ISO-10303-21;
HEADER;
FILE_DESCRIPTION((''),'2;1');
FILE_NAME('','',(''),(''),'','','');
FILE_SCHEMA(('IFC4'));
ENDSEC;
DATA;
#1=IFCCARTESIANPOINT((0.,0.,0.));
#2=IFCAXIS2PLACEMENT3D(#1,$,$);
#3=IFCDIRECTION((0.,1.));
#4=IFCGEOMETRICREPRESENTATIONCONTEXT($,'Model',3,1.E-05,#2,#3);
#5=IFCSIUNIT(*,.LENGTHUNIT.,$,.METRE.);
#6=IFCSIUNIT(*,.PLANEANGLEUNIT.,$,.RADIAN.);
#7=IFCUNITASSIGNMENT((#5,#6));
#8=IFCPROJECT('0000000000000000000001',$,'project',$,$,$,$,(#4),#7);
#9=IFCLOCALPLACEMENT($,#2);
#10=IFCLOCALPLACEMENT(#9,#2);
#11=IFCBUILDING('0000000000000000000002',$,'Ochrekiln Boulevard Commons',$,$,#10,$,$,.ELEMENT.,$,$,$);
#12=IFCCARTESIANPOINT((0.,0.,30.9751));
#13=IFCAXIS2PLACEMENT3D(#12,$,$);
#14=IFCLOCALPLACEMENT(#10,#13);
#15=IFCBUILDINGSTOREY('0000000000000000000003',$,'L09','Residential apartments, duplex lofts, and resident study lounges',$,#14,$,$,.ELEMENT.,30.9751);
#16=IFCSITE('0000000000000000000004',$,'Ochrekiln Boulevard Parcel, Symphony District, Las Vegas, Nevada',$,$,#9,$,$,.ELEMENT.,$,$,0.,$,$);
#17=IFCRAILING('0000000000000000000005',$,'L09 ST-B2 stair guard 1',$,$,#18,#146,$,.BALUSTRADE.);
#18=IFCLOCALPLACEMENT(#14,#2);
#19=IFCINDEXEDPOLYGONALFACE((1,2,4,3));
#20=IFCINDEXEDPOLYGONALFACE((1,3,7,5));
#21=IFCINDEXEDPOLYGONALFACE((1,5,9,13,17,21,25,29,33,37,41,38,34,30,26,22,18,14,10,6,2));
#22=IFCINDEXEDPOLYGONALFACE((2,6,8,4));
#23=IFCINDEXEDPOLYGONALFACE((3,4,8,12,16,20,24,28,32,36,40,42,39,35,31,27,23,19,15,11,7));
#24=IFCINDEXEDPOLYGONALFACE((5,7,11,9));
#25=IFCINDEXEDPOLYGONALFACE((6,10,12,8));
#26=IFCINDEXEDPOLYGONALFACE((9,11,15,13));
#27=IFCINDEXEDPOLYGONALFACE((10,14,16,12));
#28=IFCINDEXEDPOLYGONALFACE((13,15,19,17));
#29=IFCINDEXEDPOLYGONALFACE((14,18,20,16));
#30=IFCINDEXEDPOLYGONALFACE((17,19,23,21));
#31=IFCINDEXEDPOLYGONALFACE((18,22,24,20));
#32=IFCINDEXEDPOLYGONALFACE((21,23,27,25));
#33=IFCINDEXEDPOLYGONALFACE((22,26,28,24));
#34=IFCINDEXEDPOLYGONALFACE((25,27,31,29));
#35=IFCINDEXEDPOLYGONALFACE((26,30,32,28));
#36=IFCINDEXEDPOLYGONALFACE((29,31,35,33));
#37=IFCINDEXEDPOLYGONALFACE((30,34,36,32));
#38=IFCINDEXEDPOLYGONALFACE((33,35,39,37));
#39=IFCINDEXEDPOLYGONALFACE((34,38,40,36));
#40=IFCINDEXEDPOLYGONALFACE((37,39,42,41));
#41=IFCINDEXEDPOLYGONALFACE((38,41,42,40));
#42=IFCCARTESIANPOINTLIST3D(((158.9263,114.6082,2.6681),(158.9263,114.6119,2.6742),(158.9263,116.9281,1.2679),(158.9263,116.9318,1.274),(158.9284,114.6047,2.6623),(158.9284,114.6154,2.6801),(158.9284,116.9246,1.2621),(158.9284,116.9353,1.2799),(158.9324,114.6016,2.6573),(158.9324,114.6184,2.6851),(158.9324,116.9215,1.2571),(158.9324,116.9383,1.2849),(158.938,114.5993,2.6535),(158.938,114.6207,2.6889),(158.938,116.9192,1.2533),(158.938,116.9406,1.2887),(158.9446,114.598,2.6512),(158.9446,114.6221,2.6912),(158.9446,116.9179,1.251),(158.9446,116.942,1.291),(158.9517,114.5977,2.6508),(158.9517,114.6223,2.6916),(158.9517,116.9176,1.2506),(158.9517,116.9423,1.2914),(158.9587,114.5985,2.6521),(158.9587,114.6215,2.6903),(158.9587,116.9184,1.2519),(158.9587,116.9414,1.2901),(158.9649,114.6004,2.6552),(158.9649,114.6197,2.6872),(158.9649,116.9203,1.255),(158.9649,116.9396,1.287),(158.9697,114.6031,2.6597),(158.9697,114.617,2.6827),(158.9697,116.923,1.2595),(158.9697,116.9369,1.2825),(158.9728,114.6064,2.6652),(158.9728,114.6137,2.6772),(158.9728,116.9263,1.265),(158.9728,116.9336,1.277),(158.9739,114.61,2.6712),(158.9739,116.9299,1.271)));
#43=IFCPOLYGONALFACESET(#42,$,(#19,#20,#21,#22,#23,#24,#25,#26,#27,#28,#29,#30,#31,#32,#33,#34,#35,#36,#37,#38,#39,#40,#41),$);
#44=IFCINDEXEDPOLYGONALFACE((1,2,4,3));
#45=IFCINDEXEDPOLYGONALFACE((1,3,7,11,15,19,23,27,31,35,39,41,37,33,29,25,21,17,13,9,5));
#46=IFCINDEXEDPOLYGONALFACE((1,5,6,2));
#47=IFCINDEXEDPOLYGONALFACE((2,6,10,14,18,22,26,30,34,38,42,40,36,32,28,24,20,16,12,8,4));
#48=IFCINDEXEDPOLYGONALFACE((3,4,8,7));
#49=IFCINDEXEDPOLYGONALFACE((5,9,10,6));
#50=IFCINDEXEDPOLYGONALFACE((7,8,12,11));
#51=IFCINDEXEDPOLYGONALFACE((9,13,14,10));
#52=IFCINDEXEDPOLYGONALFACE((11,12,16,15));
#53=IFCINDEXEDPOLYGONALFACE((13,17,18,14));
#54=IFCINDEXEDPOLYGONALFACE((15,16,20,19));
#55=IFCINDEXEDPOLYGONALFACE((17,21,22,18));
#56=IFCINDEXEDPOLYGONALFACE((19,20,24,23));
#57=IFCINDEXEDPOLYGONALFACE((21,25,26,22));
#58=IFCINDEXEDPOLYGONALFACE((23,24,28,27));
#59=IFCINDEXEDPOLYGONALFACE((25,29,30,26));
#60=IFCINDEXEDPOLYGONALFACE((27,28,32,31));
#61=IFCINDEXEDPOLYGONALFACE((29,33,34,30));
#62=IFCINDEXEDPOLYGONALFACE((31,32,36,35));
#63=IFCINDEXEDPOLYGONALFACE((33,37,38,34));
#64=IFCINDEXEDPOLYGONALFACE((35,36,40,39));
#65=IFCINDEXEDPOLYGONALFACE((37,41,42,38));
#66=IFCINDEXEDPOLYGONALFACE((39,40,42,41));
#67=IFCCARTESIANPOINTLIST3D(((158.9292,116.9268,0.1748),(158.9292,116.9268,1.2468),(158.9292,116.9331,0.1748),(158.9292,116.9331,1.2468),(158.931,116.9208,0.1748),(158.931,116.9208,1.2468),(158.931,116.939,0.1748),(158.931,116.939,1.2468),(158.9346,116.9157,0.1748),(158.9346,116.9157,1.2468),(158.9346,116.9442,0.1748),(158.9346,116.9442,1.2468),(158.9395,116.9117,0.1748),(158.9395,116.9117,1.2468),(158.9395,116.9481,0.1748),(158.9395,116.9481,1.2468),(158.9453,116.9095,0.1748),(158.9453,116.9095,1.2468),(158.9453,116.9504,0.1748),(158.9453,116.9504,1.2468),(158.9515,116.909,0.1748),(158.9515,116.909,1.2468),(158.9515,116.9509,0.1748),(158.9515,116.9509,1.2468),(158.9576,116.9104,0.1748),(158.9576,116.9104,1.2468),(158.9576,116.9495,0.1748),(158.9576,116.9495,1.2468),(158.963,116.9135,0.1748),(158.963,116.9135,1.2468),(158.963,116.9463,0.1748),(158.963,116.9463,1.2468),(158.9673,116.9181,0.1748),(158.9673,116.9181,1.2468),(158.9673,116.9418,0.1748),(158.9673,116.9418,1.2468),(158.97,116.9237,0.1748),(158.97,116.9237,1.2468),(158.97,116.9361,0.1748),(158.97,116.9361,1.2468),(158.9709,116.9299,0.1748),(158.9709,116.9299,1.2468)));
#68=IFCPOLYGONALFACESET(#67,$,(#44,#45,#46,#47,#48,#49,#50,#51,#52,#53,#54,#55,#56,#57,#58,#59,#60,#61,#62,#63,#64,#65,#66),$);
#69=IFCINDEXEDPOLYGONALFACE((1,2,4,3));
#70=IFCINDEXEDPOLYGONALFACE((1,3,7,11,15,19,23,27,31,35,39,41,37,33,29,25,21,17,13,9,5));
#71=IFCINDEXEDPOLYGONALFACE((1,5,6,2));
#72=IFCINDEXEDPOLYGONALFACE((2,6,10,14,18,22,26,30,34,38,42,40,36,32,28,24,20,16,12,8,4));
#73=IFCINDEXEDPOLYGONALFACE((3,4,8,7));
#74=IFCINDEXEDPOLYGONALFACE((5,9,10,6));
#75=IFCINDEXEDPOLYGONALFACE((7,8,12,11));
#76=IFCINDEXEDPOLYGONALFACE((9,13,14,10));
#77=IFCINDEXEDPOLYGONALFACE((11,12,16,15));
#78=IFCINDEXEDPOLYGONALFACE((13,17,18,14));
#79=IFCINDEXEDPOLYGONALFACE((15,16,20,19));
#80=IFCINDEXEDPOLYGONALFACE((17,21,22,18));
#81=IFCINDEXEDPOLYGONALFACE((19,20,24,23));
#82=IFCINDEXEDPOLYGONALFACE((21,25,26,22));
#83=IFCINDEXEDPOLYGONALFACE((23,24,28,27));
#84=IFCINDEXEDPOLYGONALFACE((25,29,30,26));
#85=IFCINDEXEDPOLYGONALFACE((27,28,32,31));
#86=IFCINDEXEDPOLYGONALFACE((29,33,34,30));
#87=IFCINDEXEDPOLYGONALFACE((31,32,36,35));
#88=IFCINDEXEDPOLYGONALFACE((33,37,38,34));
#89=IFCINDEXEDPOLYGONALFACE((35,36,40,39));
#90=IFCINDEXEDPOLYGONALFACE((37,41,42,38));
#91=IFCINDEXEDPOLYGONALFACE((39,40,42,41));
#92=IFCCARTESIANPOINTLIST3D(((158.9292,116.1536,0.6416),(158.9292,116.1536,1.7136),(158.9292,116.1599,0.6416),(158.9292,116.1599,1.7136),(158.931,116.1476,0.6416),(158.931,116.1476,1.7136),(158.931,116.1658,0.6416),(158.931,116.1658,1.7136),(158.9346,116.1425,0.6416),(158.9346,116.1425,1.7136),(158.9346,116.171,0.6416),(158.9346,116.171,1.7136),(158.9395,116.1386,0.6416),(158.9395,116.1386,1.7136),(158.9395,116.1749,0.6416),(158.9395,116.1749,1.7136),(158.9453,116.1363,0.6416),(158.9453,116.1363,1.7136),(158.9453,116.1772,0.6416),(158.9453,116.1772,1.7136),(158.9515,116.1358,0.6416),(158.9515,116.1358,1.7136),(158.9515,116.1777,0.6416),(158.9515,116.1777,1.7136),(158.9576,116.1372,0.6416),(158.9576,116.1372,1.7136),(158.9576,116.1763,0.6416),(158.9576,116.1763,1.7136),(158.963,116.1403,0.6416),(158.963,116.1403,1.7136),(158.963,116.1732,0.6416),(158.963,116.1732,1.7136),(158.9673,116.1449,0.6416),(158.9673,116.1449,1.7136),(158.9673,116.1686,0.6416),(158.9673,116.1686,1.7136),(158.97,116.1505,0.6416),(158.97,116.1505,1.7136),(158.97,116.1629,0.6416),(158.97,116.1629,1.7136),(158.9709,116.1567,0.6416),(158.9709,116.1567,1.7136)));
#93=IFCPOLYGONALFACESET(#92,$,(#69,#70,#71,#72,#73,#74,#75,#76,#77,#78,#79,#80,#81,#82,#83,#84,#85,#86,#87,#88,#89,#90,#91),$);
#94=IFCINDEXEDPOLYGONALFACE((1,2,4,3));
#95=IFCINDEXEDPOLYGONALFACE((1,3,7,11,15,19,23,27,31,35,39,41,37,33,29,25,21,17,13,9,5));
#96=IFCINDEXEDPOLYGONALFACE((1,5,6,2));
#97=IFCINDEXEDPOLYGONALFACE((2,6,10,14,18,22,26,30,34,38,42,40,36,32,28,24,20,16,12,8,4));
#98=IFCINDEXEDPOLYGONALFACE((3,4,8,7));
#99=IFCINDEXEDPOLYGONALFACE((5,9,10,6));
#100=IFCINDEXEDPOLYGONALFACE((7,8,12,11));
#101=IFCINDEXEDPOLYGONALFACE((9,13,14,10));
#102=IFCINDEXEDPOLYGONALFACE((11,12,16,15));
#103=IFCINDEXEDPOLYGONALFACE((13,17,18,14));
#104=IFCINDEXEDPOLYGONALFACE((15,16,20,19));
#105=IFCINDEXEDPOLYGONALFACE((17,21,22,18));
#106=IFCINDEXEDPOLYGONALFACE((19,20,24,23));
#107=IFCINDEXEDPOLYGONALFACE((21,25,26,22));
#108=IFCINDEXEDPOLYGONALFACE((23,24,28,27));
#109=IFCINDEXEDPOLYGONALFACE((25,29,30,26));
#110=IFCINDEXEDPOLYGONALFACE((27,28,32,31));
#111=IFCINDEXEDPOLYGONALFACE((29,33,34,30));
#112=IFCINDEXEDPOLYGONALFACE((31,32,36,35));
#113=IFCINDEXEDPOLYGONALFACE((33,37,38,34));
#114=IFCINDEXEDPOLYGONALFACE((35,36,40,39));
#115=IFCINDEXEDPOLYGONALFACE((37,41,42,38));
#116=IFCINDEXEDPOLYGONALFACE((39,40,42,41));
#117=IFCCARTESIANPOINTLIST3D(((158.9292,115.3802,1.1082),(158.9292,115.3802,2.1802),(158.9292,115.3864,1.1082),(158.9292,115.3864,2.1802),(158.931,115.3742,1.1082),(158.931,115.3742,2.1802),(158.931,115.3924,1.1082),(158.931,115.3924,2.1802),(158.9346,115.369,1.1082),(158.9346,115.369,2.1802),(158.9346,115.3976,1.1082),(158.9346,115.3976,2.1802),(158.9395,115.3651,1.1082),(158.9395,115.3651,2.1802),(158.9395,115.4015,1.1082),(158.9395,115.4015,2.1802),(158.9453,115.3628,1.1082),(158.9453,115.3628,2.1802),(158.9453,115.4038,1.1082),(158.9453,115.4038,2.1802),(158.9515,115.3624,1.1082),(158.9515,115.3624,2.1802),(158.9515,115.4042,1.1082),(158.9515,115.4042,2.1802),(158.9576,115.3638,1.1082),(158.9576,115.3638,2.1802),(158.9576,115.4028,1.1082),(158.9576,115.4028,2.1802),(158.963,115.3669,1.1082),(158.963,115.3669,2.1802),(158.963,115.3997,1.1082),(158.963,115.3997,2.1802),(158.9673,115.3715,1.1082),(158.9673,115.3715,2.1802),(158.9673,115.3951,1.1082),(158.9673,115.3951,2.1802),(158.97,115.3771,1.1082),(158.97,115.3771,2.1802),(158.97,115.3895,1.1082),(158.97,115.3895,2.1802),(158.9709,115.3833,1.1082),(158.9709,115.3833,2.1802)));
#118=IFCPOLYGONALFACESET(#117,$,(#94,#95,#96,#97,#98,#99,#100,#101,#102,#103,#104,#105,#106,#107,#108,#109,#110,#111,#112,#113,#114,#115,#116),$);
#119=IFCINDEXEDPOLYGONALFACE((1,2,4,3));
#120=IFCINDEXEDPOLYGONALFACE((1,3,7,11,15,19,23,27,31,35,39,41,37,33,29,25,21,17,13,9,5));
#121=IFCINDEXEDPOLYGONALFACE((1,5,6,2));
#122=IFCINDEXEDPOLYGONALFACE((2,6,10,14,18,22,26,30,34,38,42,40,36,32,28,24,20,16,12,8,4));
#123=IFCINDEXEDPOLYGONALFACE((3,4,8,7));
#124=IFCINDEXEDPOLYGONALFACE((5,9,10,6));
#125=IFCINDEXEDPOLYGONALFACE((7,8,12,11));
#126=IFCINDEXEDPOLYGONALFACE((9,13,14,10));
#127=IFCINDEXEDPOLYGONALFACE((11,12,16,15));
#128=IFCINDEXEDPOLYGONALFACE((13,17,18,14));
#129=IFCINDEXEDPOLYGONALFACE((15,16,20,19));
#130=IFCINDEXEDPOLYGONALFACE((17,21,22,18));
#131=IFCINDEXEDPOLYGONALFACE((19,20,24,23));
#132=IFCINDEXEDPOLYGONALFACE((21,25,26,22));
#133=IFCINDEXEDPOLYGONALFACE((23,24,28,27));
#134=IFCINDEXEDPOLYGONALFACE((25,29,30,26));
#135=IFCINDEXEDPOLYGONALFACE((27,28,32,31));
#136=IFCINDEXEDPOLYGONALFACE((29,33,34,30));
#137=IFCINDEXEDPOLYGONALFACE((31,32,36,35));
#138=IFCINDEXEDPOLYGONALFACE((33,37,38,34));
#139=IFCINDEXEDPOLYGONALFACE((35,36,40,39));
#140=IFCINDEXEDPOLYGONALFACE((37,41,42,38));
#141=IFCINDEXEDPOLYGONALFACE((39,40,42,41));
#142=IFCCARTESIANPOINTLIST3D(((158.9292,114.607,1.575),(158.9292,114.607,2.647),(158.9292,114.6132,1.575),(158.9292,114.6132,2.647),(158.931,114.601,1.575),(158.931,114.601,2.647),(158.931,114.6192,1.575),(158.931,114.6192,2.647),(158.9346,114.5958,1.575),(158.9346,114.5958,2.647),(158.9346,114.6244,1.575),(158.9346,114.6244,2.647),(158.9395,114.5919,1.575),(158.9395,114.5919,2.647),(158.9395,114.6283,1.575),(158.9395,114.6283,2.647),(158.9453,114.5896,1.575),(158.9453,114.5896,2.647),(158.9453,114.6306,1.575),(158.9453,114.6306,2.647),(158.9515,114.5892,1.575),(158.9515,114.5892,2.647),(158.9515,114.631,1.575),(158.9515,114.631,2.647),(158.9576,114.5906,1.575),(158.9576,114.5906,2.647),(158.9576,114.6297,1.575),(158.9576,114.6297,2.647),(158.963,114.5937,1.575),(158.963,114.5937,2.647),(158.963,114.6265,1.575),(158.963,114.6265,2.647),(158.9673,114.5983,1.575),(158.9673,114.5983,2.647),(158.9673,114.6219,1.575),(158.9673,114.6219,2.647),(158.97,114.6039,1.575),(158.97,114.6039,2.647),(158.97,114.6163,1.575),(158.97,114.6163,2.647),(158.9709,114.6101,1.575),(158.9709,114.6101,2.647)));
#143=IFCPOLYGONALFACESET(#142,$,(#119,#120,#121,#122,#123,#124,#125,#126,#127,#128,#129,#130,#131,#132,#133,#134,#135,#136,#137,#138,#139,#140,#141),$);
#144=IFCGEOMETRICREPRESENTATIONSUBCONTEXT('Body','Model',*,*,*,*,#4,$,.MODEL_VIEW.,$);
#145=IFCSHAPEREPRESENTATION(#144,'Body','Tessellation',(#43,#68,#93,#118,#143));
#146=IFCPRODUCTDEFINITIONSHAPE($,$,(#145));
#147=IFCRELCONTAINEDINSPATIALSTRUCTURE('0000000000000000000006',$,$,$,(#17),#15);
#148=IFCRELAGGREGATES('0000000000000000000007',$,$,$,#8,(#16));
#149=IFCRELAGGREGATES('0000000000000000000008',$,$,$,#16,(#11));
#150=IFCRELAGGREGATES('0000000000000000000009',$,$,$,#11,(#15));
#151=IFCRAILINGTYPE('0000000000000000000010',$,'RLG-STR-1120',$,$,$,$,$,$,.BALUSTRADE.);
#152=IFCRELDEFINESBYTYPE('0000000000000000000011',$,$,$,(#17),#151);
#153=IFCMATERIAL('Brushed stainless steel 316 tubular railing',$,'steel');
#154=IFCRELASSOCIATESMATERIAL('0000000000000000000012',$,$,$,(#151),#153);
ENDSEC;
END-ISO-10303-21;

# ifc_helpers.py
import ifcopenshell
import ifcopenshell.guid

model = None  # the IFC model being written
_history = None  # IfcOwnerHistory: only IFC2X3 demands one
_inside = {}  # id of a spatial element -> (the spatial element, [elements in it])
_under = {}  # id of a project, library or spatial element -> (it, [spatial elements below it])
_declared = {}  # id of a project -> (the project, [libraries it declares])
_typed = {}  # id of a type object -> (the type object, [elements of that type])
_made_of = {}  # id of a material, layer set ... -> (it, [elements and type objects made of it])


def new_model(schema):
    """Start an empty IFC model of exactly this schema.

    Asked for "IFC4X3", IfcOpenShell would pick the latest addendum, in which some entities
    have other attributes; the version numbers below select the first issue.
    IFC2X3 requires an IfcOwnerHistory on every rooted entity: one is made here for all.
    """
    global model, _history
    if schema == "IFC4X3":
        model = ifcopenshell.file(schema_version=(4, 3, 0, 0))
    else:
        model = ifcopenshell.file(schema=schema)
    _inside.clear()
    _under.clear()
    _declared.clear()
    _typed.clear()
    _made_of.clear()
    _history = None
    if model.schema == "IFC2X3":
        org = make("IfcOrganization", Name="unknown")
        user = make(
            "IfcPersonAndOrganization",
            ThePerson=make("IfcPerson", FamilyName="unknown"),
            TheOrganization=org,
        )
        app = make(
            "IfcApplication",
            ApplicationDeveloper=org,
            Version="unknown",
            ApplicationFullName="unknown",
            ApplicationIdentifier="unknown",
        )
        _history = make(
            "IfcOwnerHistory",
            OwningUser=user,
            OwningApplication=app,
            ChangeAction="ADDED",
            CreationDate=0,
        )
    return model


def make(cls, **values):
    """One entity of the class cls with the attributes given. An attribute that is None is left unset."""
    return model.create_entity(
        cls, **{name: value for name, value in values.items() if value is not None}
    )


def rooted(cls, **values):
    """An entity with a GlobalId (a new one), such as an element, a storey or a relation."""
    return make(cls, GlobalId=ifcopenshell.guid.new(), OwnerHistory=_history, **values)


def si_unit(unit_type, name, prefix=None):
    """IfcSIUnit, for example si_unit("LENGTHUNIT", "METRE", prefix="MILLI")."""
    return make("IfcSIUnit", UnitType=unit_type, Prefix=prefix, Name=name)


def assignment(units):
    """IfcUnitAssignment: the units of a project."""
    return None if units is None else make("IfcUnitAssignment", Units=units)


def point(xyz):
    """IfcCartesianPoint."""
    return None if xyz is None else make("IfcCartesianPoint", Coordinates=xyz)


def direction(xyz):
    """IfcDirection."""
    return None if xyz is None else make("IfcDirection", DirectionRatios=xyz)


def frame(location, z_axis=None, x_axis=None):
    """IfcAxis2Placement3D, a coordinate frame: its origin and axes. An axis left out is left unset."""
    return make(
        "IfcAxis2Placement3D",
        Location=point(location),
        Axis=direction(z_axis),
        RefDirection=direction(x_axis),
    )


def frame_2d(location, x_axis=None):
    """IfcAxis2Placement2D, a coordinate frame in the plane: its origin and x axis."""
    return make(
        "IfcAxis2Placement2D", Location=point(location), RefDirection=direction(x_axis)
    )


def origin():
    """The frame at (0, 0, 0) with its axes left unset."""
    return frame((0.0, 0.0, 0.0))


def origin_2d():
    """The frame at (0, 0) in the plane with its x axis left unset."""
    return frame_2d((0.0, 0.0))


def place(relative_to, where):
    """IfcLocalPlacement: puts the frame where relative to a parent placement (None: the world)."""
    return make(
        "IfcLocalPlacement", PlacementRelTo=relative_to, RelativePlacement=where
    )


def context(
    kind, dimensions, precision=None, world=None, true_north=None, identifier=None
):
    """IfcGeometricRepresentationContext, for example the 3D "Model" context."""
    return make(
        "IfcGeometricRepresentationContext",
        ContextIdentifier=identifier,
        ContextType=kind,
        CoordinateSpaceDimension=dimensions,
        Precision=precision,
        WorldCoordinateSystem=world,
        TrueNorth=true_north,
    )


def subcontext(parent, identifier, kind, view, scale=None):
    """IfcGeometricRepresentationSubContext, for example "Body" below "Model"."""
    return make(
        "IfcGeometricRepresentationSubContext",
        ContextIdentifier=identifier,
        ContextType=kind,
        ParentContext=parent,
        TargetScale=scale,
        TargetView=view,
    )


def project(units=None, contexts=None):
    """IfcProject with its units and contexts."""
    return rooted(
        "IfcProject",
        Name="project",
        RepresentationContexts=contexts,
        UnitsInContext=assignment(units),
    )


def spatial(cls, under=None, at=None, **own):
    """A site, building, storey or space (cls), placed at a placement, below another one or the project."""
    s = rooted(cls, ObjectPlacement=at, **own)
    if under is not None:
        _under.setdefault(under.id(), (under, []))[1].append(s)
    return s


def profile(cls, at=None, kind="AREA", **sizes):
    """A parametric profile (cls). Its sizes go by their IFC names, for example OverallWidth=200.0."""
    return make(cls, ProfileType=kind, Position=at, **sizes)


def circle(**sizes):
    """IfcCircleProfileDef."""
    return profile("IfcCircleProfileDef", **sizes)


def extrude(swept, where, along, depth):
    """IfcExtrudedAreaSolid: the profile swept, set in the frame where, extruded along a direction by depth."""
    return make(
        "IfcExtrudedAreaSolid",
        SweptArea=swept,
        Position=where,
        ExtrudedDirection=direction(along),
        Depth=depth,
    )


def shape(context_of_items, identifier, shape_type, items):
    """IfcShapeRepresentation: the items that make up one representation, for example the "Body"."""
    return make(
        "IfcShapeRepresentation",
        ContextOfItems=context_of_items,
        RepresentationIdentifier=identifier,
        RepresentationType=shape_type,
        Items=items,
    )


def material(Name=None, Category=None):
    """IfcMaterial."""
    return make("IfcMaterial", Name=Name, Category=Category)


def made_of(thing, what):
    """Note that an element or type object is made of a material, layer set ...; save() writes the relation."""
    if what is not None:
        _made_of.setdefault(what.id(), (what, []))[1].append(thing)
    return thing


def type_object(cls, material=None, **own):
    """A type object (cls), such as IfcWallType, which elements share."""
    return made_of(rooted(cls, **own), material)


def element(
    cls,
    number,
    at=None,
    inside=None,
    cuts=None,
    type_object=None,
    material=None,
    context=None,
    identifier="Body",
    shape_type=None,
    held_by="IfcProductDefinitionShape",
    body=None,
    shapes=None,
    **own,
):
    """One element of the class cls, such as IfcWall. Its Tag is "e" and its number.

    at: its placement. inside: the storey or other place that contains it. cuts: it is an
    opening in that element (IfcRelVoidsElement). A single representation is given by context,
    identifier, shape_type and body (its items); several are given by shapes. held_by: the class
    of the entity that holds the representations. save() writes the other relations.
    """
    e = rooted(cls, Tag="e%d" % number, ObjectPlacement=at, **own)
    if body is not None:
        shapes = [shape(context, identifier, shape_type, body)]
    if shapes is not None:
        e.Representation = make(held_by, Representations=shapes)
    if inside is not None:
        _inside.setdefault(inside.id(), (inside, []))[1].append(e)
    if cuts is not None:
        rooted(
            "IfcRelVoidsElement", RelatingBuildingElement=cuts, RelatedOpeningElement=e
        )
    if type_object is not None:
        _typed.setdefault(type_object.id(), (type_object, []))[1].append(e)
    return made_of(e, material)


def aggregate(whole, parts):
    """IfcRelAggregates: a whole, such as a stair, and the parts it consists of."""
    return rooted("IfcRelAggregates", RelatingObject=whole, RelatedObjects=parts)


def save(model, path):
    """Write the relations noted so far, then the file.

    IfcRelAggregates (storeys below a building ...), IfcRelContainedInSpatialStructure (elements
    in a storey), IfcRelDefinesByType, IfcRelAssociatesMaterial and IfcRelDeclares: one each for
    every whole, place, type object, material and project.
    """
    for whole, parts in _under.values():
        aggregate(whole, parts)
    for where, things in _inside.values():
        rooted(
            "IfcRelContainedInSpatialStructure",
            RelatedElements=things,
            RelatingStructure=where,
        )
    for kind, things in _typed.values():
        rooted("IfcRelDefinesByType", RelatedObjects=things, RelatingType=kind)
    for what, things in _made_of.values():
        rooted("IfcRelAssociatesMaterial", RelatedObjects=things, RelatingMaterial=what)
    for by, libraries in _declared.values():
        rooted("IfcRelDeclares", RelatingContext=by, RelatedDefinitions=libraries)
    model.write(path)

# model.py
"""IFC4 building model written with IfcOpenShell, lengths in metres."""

from ifc_helpers import new_model, si_unit, direction, frame, origin, origin_2d, place, context, subcontext, project, spatial, circle, extrude, material, type_object, element, save


model = new_model("IFC4")

# Units and contexts
model_context = context("Model", 3, precision=1e-05, world=origin(), true_north=direction((0.0, 1.0)))
body_context = subcontext(model_context, "Body", "Model", "MODEL_VIEW")
ifc_project = project(units=[si_unit("LENGTHUNIT", "METRE"), si_unit("PLANEANGLEUNIT", "RADIAN")], contexts=[model_context])

# Site, building, storey
site_placement = place(None, origin())
site = spatial("IfcSite", under=ifc_project, at=site_placement, Name="Ochrekiln Boulevard Parcel, Symphony District, Las Vegas, Nevada", CompositionType="ELEMENT", RefElevation=0.0)
building_placement = place(site_placement, origin())
building = spatial("IfcBuilding", under=site, at=building_placement, Name="Ochrekiln Boulevard Commons", CompositionType="ELEMENT")
storey_placement = place(building_placement, frame((0.0, 0.0, 30.9751)))
storey = spatial("IfcBuildingStorey", under=building, at=storey_placement, Name="L09", Description="Residential apartments, duplex lofts, and resident study lounges", CompositionType="ELEMENT", Elevation=30.9751)

# Railing
ifc_material_1 = material(Name="Brushed stainless steel 316 tubular railing", Category="steel")
railing_type_1 = type_object("IfcRailingType", Name="RLG-STR-1120", PredefinedType="BALUSTRADE", material=ifc_material_1)
railing_1_placement = place(storey_placement, frame((158.95, 116.9299, 0.1748)))
element("IfcRailing", 1, at=railing_1_placement, inside=storey, type_object=railing_type_1, Name="L09 ST-B2 stair guard 1", PredefinedType="BALUSTRADE", context=body_context, shape_type="SweptSolid", body=[
    extrude(circle(Radius=0.0239, at=origin_2d()), frame((0.0, 0.0, 1.0962), z_axis=(0.0, -0.856146, 0.516733), x_axis=(1.0, 0.0, 0.0)), (0.0, 0.0, 1.0), 2.7097),
    extrude(circle(Radius=0.021, at=origin_2d()), origin(), (0.0, 0.0, 1.0), 1.072),
    extrude(circle(Radius=0.021, at=origin_2d()), frame((0.0, -0.7732, 0.4668)), (0.0, 0.0, 1.0), 1.072),
    extrude(circle(Radius=0.021, at=origin_2d()), frame((0.0, -1.5466, 0.9333)), (0.0, 0.0, 1.0), 1.072),
    extrude(circle(Radius=0.021, at=origin_2d()), frame((0.0, -2.3198, 1.4001)), (0.0, 0.0, 1.0), 1.072),
])

save(model, "model.ifc")
